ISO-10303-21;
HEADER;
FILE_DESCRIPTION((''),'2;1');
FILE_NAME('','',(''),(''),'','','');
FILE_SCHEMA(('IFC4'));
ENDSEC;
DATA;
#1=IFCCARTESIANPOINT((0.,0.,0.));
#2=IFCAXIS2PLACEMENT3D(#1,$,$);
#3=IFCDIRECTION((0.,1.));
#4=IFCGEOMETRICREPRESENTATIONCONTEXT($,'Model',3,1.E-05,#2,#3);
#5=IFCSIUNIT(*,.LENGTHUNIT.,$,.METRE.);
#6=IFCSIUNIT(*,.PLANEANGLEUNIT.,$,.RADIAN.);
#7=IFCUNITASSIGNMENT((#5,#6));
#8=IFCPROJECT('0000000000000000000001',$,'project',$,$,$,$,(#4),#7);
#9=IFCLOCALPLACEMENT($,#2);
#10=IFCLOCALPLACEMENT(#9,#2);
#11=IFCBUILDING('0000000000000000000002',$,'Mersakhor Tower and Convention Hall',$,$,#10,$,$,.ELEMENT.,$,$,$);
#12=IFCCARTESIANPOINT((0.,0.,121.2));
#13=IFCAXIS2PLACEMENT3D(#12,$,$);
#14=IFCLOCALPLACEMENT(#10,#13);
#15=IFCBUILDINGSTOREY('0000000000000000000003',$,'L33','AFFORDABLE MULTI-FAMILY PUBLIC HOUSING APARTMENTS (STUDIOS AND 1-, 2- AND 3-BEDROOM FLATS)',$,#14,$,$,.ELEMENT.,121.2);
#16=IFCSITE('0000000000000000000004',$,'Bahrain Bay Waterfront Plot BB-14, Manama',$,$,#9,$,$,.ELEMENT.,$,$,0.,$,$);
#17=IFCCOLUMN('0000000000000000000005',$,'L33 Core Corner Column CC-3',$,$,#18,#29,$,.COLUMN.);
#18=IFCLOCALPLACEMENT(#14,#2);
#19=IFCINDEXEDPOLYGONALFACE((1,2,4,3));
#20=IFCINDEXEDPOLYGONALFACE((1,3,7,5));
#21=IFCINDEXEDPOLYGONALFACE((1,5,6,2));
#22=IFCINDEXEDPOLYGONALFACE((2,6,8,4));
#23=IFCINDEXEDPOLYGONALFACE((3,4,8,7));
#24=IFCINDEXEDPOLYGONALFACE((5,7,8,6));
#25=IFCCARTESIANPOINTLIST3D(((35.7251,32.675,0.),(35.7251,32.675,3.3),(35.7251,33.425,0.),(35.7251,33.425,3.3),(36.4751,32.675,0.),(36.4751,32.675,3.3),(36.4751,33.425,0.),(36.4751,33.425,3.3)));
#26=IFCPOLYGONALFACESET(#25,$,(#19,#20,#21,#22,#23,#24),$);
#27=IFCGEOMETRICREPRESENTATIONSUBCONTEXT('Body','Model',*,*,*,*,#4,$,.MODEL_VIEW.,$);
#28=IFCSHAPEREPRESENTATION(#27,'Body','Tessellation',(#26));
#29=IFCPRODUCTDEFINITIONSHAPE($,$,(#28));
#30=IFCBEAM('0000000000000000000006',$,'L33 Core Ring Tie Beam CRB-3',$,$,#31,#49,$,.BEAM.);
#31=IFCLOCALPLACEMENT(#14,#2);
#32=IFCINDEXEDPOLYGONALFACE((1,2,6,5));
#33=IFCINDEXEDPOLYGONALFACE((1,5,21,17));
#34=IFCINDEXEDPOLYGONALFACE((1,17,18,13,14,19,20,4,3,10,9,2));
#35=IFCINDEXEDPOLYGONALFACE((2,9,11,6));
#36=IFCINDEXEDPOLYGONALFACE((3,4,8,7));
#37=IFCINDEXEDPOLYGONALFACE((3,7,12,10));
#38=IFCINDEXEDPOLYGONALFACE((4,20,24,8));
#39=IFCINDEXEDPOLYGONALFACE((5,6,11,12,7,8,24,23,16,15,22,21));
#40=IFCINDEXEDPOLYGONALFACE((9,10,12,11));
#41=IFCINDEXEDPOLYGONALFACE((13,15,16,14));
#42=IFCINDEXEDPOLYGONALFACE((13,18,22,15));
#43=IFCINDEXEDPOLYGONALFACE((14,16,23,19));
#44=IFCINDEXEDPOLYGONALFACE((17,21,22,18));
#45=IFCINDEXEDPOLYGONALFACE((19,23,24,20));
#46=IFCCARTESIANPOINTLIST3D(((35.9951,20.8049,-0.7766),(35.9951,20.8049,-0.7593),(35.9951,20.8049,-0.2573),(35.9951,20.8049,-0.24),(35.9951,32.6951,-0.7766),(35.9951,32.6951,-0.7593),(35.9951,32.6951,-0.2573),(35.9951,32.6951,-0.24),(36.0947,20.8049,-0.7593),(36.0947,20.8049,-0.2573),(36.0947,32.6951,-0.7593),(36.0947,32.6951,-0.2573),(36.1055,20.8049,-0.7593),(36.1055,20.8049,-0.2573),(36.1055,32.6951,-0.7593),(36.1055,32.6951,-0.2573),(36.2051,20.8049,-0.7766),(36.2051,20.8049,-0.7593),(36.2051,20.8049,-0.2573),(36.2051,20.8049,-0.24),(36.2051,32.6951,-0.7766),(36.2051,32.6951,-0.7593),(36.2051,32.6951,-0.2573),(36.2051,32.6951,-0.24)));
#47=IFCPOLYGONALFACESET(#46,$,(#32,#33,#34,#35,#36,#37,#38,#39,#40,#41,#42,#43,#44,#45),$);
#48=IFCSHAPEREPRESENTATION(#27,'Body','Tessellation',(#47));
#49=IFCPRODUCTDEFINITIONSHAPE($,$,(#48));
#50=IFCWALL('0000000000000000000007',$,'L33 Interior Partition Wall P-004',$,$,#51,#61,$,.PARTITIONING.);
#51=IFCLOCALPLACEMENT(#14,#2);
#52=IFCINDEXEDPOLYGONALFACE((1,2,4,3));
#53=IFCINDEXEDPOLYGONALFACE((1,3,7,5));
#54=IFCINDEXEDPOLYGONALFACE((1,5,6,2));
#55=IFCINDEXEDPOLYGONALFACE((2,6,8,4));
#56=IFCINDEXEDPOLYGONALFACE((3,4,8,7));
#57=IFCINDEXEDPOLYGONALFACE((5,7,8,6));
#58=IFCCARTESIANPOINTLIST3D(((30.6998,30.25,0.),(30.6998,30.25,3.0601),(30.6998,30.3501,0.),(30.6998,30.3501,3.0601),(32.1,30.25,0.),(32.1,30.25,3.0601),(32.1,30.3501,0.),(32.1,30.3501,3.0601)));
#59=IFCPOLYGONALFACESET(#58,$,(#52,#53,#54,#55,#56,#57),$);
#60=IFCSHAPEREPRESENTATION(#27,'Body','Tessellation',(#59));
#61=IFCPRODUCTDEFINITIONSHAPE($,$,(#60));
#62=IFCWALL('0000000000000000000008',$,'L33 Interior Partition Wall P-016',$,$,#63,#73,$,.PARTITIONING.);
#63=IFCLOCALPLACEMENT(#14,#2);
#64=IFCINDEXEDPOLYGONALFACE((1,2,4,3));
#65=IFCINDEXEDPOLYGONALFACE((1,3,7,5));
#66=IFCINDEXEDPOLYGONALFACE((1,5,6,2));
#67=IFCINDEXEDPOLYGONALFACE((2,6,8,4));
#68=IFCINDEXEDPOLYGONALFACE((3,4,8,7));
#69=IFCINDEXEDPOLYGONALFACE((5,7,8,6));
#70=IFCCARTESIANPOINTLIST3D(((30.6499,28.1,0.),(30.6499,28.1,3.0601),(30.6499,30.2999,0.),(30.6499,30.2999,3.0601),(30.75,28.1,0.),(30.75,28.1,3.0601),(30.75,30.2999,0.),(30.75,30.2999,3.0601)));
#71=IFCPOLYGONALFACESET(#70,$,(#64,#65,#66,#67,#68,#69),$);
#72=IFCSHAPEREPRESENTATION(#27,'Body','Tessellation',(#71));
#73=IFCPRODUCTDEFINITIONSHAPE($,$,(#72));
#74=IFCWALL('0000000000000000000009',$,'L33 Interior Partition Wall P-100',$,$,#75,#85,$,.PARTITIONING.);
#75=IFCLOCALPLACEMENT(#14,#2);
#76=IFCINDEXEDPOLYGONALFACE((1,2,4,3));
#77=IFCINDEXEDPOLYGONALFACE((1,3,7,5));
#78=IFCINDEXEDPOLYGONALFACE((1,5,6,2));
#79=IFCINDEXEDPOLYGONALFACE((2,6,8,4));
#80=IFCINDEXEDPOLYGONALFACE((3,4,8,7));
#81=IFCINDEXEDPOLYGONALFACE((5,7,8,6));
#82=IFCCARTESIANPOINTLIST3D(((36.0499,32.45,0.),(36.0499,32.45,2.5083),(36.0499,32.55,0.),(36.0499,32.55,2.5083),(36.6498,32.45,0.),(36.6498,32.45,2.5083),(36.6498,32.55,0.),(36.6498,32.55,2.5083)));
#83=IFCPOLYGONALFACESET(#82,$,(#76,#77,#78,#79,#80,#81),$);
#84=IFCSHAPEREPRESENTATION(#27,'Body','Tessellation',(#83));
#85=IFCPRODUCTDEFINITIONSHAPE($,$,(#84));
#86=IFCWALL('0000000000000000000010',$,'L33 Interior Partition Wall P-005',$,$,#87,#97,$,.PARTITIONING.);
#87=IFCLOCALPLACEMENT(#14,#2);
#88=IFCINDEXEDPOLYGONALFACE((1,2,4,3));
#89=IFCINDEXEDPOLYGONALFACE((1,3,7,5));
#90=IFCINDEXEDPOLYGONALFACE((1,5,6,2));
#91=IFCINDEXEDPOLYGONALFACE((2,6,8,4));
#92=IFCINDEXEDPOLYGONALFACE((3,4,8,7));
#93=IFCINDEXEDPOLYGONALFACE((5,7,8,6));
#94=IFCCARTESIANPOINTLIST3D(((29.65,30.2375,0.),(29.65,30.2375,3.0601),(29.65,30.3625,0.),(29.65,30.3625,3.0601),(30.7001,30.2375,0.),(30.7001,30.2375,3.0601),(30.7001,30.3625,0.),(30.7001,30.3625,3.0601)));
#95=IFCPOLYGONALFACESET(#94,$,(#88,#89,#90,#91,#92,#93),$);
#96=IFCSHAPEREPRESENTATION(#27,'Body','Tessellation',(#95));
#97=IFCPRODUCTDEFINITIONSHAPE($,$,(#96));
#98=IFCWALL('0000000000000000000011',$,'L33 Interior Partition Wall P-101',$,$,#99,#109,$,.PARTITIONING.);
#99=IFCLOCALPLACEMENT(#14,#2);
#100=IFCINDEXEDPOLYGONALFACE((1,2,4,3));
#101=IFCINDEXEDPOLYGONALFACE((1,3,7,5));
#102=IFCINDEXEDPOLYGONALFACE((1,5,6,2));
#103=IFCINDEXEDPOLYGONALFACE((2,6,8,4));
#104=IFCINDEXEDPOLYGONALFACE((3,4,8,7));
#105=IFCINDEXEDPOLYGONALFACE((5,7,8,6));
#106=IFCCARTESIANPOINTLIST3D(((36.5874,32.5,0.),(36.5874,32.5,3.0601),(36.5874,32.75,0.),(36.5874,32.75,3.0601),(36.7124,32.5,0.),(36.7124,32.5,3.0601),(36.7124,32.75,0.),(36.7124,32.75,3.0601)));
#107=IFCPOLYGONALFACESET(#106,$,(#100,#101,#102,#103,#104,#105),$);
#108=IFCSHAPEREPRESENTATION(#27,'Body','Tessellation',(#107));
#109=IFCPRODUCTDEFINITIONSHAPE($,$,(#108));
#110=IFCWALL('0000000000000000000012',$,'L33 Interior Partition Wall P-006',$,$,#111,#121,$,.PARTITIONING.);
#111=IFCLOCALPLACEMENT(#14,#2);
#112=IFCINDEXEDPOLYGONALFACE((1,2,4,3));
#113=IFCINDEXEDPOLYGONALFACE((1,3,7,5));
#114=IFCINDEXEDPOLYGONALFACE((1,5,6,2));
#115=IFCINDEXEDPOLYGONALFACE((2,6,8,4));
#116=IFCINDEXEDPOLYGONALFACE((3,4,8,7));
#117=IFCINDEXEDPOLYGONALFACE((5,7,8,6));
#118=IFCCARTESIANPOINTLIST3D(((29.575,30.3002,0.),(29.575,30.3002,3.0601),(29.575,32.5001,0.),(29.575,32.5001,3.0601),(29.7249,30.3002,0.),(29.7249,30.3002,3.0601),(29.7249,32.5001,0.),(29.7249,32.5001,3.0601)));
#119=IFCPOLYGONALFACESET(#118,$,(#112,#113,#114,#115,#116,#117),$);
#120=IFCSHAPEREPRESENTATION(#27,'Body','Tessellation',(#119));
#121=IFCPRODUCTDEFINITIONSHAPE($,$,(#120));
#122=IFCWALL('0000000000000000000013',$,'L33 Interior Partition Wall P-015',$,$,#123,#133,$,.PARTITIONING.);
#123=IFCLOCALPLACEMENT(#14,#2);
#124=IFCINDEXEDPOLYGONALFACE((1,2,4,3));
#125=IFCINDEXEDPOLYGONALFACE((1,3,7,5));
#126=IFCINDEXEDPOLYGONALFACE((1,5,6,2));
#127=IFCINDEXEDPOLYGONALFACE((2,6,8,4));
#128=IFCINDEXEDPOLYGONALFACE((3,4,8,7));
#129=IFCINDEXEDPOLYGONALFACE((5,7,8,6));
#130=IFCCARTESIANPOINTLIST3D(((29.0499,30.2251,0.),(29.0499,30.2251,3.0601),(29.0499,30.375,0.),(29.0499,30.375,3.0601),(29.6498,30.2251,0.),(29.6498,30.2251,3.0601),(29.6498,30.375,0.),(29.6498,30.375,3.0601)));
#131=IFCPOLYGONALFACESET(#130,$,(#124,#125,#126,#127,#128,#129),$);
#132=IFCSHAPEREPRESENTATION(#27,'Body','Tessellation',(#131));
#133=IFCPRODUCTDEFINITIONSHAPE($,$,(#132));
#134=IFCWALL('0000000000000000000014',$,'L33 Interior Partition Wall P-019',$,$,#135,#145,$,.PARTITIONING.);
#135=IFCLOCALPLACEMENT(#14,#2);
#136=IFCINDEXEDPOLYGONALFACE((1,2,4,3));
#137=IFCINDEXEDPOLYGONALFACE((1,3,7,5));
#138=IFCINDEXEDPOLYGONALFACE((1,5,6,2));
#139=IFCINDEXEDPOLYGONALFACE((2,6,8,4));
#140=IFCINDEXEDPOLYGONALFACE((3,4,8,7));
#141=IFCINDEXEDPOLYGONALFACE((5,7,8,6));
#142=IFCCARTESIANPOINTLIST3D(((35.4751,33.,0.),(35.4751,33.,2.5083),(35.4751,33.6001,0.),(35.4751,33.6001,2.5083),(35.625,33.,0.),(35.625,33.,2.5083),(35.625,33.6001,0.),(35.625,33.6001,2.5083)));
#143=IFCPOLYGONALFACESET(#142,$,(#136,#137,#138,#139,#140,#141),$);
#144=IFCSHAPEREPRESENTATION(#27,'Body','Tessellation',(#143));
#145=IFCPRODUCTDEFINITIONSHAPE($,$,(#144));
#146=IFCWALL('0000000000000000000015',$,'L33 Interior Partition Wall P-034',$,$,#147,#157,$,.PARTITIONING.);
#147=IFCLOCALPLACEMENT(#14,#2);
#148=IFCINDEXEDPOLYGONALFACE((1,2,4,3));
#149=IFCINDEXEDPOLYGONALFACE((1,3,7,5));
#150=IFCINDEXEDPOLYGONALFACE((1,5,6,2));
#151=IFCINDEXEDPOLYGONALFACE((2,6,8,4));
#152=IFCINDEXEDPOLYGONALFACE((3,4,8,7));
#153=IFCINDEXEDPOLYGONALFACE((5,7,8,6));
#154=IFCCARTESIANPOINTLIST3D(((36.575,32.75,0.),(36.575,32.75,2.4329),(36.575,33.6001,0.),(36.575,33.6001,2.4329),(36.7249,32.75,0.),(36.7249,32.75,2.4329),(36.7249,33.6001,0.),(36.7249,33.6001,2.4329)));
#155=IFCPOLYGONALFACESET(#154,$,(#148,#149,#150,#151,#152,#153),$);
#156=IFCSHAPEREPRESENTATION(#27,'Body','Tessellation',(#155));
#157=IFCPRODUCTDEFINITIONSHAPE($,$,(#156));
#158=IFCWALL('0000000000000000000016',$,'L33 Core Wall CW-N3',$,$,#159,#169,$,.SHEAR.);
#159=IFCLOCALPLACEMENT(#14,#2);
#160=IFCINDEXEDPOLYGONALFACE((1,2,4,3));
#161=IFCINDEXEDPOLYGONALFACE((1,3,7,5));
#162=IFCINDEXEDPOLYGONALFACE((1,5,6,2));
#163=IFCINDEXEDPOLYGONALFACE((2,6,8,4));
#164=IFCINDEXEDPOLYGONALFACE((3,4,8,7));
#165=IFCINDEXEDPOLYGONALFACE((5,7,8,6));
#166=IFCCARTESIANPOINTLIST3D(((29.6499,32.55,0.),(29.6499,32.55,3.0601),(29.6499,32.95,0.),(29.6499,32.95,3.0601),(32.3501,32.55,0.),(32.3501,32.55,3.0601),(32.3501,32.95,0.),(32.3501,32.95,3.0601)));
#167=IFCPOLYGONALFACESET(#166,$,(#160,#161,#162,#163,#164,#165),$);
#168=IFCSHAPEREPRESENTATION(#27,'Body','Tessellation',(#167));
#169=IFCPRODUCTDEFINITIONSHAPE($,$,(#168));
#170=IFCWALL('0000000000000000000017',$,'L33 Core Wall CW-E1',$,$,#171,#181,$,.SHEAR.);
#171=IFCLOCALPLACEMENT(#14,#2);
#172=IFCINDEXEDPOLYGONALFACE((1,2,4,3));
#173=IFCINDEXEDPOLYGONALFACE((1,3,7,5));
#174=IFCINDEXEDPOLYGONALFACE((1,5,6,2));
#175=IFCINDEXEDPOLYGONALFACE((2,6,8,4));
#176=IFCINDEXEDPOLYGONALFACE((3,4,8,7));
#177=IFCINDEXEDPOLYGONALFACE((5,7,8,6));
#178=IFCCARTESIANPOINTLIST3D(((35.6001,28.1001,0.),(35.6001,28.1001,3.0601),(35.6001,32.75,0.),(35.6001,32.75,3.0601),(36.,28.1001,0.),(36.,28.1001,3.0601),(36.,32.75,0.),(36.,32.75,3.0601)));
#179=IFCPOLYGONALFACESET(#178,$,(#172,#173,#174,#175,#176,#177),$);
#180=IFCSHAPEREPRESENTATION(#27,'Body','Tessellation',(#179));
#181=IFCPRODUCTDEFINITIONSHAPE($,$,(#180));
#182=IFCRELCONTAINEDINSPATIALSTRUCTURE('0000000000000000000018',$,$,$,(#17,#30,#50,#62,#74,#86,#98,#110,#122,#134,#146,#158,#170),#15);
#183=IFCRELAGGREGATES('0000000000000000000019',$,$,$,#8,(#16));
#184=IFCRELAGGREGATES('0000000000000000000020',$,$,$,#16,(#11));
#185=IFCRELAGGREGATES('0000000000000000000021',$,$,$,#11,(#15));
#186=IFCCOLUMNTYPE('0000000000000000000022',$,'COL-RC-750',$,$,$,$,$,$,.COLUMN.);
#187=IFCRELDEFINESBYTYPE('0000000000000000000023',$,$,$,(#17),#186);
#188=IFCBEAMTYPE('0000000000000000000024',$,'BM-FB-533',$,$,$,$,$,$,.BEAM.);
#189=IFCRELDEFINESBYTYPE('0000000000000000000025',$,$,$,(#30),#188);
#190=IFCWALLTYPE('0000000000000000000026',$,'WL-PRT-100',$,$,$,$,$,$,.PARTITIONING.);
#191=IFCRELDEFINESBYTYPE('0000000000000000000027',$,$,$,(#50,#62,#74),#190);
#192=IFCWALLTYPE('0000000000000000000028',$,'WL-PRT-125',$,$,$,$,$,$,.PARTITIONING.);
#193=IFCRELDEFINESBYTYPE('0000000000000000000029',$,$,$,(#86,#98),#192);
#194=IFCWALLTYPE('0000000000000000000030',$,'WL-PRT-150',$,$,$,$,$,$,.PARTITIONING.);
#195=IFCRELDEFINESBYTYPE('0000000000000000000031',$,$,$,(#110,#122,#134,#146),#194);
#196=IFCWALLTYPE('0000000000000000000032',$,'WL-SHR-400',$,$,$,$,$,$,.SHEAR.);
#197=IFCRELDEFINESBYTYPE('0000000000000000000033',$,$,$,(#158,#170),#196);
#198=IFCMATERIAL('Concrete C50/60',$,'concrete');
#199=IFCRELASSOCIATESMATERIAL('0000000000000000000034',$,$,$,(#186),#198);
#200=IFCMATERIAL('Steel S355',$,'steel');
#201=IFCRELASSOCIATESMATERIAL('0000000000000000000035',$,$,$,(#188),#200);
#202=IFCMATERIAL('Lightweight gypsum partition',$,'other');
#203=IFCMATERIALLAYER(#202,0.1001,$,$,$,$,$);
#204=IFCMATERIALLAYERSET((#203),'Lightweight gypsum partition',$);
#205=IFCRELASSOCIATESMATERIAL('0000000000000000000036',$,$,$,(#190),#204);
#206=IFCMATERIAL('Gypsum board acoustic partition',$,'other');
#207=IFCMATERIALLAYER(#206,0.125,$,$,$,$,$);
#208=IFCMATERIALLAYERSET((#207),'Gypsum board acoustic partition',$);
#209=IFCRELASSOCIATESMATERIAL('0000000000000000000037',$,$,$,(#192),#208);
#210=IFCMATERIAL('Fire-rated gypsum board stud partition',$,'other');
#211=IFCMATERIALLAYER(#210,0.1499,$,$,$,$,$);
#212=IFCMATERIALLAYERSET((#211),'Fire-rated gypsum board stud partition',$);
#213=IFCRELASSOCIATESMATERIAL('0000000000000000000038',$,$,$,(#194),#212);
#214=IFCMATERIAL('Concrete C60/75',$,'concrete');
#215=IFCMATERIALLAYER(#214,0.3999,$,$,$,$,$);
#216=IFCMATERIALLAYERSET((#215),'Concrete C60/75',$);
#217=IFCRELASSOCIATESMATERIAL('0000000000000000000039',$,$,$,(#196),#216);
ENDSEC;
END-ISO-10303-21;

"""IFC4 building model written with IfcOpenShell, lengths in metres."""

from ifc_helpers import new_model, si_unit, direction, frame, frame_2d, origin, origin_2d, place, context, subcontext, project, spatial, rectangle, i_section, extrude, material, layer, layer_set, material_profile, profile_set, type_object, element, save


model = new_model("IFC4")

# Units and contexts
model_context = context("Model", 3, precision=1e-05, world=origin(), true_north=direction((0.0, 1.0)))
body_context = subcontext(model_context, "Body", "Model", "MODEL_VIEW")
ifc_project = project(units=[si_unit("LENGTHUNIT", "METRE"), si_unit("PLANEANGLEUNIT", "RADIAN")], contexts=[model_context])

# Site, building, storey
site_placement = place(None, origin())
site = spatial("IfcSite", under=ifc_project, at=site_placement, Name="Bahrain Bay Waterfront Plot BB-14, Manama", CompositionType="ELEMENT", RefElevation=0.0)
building_placement = place(site_placement, origin())
building = spatial("IfcBuilding", under=site, at=building_placement, Name="Mersakhor Tower and Convention Hall", CompositionType="ELEMENT")
storey_placement = place(building_placement, frame((0.0, 0.0, 121.2)))
storey = spatial("IfcBuildingStorey", under=building, at=storey_placement, Name="L33", Description="AFFORDABLE MULTI-FAMILY PUBLIC HOUSING APARTMENTS (STUDIOS AND 1-, 2- AND 3-BEDROOM FLATS)", CompositionType="ELEMENT", Elevation=121.2)

# Column
ifc_material_1 = material(Name="Concrete C50/60", Category="concrete")
ifc_material_profile_1 = material_profile(ifc_material_1, rectangle(XDim=0.75, YDim=0.75, at=origin_2d()), Name="RC 750x750")
ifc_profile_set_1 = profile_set([ifc_material_profile_1], Name="Concrete C50/60")
column_type = type_object("IfcColumnType", Name="COL-RC-750", PredefinedType="COLUMN", material=ifc_profile_set_1)
column_placement = place(storey_placement, frame((36.1001, 33.05, 0.0), z_axis=(0.0, 0.0, 1.0), x_axis=(1.0, 0.0, 0.0)))
element("IfcColumn", 1, at=column_placement, inside=storey, type_object=column_type, Name="L33 Core Corner Column CC-3", PredefinedType="COLUMN", context=body_context, shape_type="SweptSolid", body=[
    extrude(rectangle(XDim=0.75, YDim=0.75, at=origin_2d()), origin(), (0.0, 0.0, 1.0), 3.3),
])

# Beam
ifc_material_2 = material(Name="Steel S355", Category="steel")
ifc_material_profile_2 = material_profile(ifc_material_2, i_section(OverallWidth=0.21, OverallDepth=0.5366, WebThickness=0.0107, FlangeThickness=0.0173, at=origin_2d()), Name="UB 533x210x101")
ifc_profile_set_2 = profile_set([ifc_material_profile_2], Name="Steel S355")
beam_type = type_object("IfcBeamType", Name="BM-FB-533", PredefinedType="BEAM", material=ifc_profile_set_2)
beam_placement = place(storey_placement, frame((36.1001, 32.6951, -0.5083), z_axis=(0.0, -1.0, 0.0), x_axis=(1.0, 0.0, 0.0)))
element("IfcBeam", 2, at=beam_placement, inside=storey, type_object=beam_type, Name="L33 Core Ring Tie Beam CRB-3", PredefinedType="BEAM", context=body_context, shape_type="SweptSolid", body=[
    extrude(i_section(OverallWidth=0.21, OverallDepth=0.5366, WebThickness=0.0107, FlangeThickness=0.0173, at=origin_2d()), origin(), (0.0, 0.0, 1.0), 11.8901),
])

# Walls
ifc_material_3 = material(Name="Lightweight gypsum partition", Category="other")
ifc_layer_1 = layer(ifc_material_3, 0.1001)
ifc_layer_set_1 = layer_set([ifc_layer_1], Name="Lightweight gypsum partition")
wall_type_1 = type_object("IfcWallType", Name="WL-PRT-100", PredefinedType="PARTITIONING", material=ifc_layer_set_1)
wall_1_placement = place(storey_placement, frame((32.1001, 30.3, 0.0), z_axis=(0.0, 0.0, 1.0), x_axis=(-1.0, 0.0, 0.0)))
element("IfcWall", 3, at=wall_1_placement, inside=storey, type_object=wall_type_1, Name="L33 Interior Partition Wall P-004", PredefinedType="PARTITIONING", context=body_context, shape_type="SweptSolid", body=[
    extrude(rectangle(XDim=1.4001, YDim=0.1001, at=frame_2d((0.7002, 0.0))), origin(), (0.0, 0.0, 1.0), 3.0601),
])
wall_2_placement = place(storey_placement, frame((30.7, 30.3, 0.0), z_axis=(0.0, 0.0, 1.0), x_axis=(0.0, -1.0, 0.0)))
element("IfcWall", 4, at=wall_2_placement, inside=storey, type_object=wall_type_1, Name="L33 Interior Partition Wall P-016", PredefinedType="PARTITIONING", context=body_context, shape_type="SweptSolid", body=[
    extrude(rectangle(XDim=2.2, YDim=0.1001, at=frame_2d((1.1001, 0.0))), origin(), (0.0, 0.0, 1.0), 3.0601),
])
wall_3_placement = place(storey_placement, frame((36.05, 32.5, 0.0), z_axis=(0.0, 0.0, 1.0), x_axis=(1.0, 0.0, 0.0)))
element("IfcWall", 5, at=wall_3_placement, inside=storey, type_object=wall_type_1, Name="L33 Interior Partition Wall P-100", PredefinedType="PARTITIONING", context=body_context, shape_type="SweptSolid", body=[
    extrude(rectangle(XDim=0.5999, YDim=0.1001, at=frame_2d((0.2998, 0.0))), origin(), (0.0, 0.0, 1.0), 2.5083),
])
ifc_material_4 = material(Name="Gypsum board acoustic partition", Category="other")
ifc_layer_2 = layer(ifc_material_4, 0.125)
ifc_layer_set_2 = layer_set([ifc_layer_2], Name="Gypsum board acoustic partition")
wall_type_2 = type_object("IfcWallType", Name="WL-PRT-125", PredefinedType="PARTITIONING", material=ifc_layer_set_2)
wall_4_placement = place(storey_placement, frame((30.7, 30.3, 0.0), z_axis=(0.0, 0.0, 1.0), x_axis=(-1.0, 0.0, 0.0)))
element("IfcWall", 6, at=wall_4_placement, inside=storey, type_object=wall_type_2, Name="L33 Interior Partition Wall P-005", PredefinedType="PARTITIONING", context=body_context, shape_type="SweptSolid", body=[
    extrude(rectangle(XDim=1.05, YDim=0.125, at=frame_2d((0.5249, 0.0))), origin(), (0.0, 0.0, 1.0), 3.0601),
])
wall_5_placement = place(storey_placement, frame((36.6499, 32.5, 0.0), z_axis=(0.0, 0.0, 1.0), x_axis=(0.0, 1.0, 0.0)))
element("IfcWall", 7, at=wall_5_placement, inside=storey, type_object=wall_type_2, Name="L33 Interior Partition Wall P-101", PredefinedType="PARTITIONING", context=body_context, shape_type="SweptSolid", body=[
    extrude(rectangle(XDim=0.25, YDim=0.125, at=frame_2d((0.125, 0.0))), origin(), (0.0, 0.0, 1.0), 3.0601),
])
ifc_material_5 = material(Name="Fire-rated gypsum board stud partition", Category="other")
ifc_layer_3 = layer(ifc_material_5, 0.1499)
ifc_layer_set_3 = layer_set([ifc_layer_3], Name="Fire-rated gypsum board stud partition")
wall_type_3 = type_object("IfcWallType", Name="WL-PRT-150", PredefinedType="PARTITIONING", material=ifc_layer_set_3)
wall_6_placement = place(storey_placement, frame((29.6499, 30.3, 0.0), z_axis=(0.0, 0.0, 1.0), x_axis=(0.0, 1.0, 0.0)))
element("IfcWall", 8, at=wall_6_placement, inside=storey, type_object=wall_type_3, Name="L33 Interior Partition Wall P-006", PredefinedType="PARTITIONING", context=body_context, shape_type="SweptSolid", body=[
    extrude(rectangle(XDim=2.2, YDim=0.1499, at=frame_2d((1.1001, 0.0))), origin(), (0.0, 0.0, 1.0), 3.0601),
])
wall_7_placement = place(storey_placement, frame((29.05, 30.3, 0.0), z_axis=(0.0, 0.0, 1.0), x_axis=(1.0, 0.0, 0.0)))
element("IfcWall", 9, at=wall_7_placement, inside=storey, type_object=wall_type_3, Name="L33 Interior Partition Wall P-015", PredefinedType="PARTITIONING", context=body_context, shape_type="SweptSolid", body=[
    extrude(rectangle(XDim=0.5999, YDim=0.1499, at=frame_2d((0.2998, 0.0))), origin(), (0.0, 0.0, 1.0), 3.0601),
])
wall_8_placement = place(storey_placement, frame((35.55, 33.6001, 0.0), z_axis=(0.0, 0.0, 1.0), x_axis=(0.0, -1.0, 0.0)))
element("IfcWall", 10, at=wall_8_placement, inside=storey, type_object=wall_type_3, Name="L33 Interior Partition Wall P-019", PredefinedType="PARTITIONING", context=body_context, shape_type="SweptSolid", body=[
    extrude(rectangle(XDim=0.6001, YDim=0.1499, at=frame_2d((0.3, 0.0))), origin(), (0.0, 0.0, 1.0), 2.5083),
])
wall_9_placement = place(storey_placement, frame((36.6499, 32.75, 0.0), z_axis=(0.0, 0.0, 1.0), x_axis=(0.0, 1.0, 0.0)))
element("IfcWall", 11, at=wall_9_placement, inside=storey, type_object=wall_type_3, Name="L33 Interior Partition Wall P-034", PredefinedType="PARTITIONING", context=body_context, shape_type="SweptSolid", body=[
    extrude(rectangle(XDim=0.8501, YDim=0.1499, at=frame_2d((0.425, 0.0))), origin(), (0.0, 0.0, 1.0), 2.4329),
])

# Wall
ifc_material_6 = material(Name="Concrete C60/75", Category="concrete")
ifc_layer_4 = layer(ifc_material_6, 0.3999)
ifc_layer_set_4 = layer_set([ifc_layer_4], Name="Concrete C60/75")
wall_type_4 = type_object("IfcWallType", Name="WL-SHR-400", PredefinedType="SHEAR", material=ifc_layer_set_4)
wall_10_placement = place(storey_placement, frame((29.6499, 32.75, 0.0), z_axis=(0.0, 0.0, 1.0), x_axis=(1.0, 0.0, 0.0)))
element("IfcWall", 12, at=wall_10_placement, inside=storey, type_object=wall_type_4, Name="L33 Core Wall CW-N3", PredefinedType="SHEAR", context=body_context, shape_type="SweptSolid", body=[
    extrude(rectangle(XDim=2.7002, YDim=0.3999, at=frame_2d((1.3501, 0.0))), origin(), (0.0, 0.0, 1.0), 3.0601),
])

# Wall
wall_11_placement = place(storey_placement, frame((35.8, 32.75, 0.0), z_axis=(0.0, 0.0, 1.0), x_axis=(0.0, -1.0, 0.0)))
element("IfcWall", 13, at=wall_11_placement, inside=storey, type_object=wall_type_4, Name="L33 Core Wall CW-E1", PredefinedType="SHEAR", context=body_context, shape_type="SweptSolid", body=[
    extrude(rectangle(XDim=4.6499, YDim=0.3999, at=frame_2d((2.325, 0.0))), origin(), (0.0, 0.0, 1.0), 3.0601),
])

save(model, "model.ifc")
